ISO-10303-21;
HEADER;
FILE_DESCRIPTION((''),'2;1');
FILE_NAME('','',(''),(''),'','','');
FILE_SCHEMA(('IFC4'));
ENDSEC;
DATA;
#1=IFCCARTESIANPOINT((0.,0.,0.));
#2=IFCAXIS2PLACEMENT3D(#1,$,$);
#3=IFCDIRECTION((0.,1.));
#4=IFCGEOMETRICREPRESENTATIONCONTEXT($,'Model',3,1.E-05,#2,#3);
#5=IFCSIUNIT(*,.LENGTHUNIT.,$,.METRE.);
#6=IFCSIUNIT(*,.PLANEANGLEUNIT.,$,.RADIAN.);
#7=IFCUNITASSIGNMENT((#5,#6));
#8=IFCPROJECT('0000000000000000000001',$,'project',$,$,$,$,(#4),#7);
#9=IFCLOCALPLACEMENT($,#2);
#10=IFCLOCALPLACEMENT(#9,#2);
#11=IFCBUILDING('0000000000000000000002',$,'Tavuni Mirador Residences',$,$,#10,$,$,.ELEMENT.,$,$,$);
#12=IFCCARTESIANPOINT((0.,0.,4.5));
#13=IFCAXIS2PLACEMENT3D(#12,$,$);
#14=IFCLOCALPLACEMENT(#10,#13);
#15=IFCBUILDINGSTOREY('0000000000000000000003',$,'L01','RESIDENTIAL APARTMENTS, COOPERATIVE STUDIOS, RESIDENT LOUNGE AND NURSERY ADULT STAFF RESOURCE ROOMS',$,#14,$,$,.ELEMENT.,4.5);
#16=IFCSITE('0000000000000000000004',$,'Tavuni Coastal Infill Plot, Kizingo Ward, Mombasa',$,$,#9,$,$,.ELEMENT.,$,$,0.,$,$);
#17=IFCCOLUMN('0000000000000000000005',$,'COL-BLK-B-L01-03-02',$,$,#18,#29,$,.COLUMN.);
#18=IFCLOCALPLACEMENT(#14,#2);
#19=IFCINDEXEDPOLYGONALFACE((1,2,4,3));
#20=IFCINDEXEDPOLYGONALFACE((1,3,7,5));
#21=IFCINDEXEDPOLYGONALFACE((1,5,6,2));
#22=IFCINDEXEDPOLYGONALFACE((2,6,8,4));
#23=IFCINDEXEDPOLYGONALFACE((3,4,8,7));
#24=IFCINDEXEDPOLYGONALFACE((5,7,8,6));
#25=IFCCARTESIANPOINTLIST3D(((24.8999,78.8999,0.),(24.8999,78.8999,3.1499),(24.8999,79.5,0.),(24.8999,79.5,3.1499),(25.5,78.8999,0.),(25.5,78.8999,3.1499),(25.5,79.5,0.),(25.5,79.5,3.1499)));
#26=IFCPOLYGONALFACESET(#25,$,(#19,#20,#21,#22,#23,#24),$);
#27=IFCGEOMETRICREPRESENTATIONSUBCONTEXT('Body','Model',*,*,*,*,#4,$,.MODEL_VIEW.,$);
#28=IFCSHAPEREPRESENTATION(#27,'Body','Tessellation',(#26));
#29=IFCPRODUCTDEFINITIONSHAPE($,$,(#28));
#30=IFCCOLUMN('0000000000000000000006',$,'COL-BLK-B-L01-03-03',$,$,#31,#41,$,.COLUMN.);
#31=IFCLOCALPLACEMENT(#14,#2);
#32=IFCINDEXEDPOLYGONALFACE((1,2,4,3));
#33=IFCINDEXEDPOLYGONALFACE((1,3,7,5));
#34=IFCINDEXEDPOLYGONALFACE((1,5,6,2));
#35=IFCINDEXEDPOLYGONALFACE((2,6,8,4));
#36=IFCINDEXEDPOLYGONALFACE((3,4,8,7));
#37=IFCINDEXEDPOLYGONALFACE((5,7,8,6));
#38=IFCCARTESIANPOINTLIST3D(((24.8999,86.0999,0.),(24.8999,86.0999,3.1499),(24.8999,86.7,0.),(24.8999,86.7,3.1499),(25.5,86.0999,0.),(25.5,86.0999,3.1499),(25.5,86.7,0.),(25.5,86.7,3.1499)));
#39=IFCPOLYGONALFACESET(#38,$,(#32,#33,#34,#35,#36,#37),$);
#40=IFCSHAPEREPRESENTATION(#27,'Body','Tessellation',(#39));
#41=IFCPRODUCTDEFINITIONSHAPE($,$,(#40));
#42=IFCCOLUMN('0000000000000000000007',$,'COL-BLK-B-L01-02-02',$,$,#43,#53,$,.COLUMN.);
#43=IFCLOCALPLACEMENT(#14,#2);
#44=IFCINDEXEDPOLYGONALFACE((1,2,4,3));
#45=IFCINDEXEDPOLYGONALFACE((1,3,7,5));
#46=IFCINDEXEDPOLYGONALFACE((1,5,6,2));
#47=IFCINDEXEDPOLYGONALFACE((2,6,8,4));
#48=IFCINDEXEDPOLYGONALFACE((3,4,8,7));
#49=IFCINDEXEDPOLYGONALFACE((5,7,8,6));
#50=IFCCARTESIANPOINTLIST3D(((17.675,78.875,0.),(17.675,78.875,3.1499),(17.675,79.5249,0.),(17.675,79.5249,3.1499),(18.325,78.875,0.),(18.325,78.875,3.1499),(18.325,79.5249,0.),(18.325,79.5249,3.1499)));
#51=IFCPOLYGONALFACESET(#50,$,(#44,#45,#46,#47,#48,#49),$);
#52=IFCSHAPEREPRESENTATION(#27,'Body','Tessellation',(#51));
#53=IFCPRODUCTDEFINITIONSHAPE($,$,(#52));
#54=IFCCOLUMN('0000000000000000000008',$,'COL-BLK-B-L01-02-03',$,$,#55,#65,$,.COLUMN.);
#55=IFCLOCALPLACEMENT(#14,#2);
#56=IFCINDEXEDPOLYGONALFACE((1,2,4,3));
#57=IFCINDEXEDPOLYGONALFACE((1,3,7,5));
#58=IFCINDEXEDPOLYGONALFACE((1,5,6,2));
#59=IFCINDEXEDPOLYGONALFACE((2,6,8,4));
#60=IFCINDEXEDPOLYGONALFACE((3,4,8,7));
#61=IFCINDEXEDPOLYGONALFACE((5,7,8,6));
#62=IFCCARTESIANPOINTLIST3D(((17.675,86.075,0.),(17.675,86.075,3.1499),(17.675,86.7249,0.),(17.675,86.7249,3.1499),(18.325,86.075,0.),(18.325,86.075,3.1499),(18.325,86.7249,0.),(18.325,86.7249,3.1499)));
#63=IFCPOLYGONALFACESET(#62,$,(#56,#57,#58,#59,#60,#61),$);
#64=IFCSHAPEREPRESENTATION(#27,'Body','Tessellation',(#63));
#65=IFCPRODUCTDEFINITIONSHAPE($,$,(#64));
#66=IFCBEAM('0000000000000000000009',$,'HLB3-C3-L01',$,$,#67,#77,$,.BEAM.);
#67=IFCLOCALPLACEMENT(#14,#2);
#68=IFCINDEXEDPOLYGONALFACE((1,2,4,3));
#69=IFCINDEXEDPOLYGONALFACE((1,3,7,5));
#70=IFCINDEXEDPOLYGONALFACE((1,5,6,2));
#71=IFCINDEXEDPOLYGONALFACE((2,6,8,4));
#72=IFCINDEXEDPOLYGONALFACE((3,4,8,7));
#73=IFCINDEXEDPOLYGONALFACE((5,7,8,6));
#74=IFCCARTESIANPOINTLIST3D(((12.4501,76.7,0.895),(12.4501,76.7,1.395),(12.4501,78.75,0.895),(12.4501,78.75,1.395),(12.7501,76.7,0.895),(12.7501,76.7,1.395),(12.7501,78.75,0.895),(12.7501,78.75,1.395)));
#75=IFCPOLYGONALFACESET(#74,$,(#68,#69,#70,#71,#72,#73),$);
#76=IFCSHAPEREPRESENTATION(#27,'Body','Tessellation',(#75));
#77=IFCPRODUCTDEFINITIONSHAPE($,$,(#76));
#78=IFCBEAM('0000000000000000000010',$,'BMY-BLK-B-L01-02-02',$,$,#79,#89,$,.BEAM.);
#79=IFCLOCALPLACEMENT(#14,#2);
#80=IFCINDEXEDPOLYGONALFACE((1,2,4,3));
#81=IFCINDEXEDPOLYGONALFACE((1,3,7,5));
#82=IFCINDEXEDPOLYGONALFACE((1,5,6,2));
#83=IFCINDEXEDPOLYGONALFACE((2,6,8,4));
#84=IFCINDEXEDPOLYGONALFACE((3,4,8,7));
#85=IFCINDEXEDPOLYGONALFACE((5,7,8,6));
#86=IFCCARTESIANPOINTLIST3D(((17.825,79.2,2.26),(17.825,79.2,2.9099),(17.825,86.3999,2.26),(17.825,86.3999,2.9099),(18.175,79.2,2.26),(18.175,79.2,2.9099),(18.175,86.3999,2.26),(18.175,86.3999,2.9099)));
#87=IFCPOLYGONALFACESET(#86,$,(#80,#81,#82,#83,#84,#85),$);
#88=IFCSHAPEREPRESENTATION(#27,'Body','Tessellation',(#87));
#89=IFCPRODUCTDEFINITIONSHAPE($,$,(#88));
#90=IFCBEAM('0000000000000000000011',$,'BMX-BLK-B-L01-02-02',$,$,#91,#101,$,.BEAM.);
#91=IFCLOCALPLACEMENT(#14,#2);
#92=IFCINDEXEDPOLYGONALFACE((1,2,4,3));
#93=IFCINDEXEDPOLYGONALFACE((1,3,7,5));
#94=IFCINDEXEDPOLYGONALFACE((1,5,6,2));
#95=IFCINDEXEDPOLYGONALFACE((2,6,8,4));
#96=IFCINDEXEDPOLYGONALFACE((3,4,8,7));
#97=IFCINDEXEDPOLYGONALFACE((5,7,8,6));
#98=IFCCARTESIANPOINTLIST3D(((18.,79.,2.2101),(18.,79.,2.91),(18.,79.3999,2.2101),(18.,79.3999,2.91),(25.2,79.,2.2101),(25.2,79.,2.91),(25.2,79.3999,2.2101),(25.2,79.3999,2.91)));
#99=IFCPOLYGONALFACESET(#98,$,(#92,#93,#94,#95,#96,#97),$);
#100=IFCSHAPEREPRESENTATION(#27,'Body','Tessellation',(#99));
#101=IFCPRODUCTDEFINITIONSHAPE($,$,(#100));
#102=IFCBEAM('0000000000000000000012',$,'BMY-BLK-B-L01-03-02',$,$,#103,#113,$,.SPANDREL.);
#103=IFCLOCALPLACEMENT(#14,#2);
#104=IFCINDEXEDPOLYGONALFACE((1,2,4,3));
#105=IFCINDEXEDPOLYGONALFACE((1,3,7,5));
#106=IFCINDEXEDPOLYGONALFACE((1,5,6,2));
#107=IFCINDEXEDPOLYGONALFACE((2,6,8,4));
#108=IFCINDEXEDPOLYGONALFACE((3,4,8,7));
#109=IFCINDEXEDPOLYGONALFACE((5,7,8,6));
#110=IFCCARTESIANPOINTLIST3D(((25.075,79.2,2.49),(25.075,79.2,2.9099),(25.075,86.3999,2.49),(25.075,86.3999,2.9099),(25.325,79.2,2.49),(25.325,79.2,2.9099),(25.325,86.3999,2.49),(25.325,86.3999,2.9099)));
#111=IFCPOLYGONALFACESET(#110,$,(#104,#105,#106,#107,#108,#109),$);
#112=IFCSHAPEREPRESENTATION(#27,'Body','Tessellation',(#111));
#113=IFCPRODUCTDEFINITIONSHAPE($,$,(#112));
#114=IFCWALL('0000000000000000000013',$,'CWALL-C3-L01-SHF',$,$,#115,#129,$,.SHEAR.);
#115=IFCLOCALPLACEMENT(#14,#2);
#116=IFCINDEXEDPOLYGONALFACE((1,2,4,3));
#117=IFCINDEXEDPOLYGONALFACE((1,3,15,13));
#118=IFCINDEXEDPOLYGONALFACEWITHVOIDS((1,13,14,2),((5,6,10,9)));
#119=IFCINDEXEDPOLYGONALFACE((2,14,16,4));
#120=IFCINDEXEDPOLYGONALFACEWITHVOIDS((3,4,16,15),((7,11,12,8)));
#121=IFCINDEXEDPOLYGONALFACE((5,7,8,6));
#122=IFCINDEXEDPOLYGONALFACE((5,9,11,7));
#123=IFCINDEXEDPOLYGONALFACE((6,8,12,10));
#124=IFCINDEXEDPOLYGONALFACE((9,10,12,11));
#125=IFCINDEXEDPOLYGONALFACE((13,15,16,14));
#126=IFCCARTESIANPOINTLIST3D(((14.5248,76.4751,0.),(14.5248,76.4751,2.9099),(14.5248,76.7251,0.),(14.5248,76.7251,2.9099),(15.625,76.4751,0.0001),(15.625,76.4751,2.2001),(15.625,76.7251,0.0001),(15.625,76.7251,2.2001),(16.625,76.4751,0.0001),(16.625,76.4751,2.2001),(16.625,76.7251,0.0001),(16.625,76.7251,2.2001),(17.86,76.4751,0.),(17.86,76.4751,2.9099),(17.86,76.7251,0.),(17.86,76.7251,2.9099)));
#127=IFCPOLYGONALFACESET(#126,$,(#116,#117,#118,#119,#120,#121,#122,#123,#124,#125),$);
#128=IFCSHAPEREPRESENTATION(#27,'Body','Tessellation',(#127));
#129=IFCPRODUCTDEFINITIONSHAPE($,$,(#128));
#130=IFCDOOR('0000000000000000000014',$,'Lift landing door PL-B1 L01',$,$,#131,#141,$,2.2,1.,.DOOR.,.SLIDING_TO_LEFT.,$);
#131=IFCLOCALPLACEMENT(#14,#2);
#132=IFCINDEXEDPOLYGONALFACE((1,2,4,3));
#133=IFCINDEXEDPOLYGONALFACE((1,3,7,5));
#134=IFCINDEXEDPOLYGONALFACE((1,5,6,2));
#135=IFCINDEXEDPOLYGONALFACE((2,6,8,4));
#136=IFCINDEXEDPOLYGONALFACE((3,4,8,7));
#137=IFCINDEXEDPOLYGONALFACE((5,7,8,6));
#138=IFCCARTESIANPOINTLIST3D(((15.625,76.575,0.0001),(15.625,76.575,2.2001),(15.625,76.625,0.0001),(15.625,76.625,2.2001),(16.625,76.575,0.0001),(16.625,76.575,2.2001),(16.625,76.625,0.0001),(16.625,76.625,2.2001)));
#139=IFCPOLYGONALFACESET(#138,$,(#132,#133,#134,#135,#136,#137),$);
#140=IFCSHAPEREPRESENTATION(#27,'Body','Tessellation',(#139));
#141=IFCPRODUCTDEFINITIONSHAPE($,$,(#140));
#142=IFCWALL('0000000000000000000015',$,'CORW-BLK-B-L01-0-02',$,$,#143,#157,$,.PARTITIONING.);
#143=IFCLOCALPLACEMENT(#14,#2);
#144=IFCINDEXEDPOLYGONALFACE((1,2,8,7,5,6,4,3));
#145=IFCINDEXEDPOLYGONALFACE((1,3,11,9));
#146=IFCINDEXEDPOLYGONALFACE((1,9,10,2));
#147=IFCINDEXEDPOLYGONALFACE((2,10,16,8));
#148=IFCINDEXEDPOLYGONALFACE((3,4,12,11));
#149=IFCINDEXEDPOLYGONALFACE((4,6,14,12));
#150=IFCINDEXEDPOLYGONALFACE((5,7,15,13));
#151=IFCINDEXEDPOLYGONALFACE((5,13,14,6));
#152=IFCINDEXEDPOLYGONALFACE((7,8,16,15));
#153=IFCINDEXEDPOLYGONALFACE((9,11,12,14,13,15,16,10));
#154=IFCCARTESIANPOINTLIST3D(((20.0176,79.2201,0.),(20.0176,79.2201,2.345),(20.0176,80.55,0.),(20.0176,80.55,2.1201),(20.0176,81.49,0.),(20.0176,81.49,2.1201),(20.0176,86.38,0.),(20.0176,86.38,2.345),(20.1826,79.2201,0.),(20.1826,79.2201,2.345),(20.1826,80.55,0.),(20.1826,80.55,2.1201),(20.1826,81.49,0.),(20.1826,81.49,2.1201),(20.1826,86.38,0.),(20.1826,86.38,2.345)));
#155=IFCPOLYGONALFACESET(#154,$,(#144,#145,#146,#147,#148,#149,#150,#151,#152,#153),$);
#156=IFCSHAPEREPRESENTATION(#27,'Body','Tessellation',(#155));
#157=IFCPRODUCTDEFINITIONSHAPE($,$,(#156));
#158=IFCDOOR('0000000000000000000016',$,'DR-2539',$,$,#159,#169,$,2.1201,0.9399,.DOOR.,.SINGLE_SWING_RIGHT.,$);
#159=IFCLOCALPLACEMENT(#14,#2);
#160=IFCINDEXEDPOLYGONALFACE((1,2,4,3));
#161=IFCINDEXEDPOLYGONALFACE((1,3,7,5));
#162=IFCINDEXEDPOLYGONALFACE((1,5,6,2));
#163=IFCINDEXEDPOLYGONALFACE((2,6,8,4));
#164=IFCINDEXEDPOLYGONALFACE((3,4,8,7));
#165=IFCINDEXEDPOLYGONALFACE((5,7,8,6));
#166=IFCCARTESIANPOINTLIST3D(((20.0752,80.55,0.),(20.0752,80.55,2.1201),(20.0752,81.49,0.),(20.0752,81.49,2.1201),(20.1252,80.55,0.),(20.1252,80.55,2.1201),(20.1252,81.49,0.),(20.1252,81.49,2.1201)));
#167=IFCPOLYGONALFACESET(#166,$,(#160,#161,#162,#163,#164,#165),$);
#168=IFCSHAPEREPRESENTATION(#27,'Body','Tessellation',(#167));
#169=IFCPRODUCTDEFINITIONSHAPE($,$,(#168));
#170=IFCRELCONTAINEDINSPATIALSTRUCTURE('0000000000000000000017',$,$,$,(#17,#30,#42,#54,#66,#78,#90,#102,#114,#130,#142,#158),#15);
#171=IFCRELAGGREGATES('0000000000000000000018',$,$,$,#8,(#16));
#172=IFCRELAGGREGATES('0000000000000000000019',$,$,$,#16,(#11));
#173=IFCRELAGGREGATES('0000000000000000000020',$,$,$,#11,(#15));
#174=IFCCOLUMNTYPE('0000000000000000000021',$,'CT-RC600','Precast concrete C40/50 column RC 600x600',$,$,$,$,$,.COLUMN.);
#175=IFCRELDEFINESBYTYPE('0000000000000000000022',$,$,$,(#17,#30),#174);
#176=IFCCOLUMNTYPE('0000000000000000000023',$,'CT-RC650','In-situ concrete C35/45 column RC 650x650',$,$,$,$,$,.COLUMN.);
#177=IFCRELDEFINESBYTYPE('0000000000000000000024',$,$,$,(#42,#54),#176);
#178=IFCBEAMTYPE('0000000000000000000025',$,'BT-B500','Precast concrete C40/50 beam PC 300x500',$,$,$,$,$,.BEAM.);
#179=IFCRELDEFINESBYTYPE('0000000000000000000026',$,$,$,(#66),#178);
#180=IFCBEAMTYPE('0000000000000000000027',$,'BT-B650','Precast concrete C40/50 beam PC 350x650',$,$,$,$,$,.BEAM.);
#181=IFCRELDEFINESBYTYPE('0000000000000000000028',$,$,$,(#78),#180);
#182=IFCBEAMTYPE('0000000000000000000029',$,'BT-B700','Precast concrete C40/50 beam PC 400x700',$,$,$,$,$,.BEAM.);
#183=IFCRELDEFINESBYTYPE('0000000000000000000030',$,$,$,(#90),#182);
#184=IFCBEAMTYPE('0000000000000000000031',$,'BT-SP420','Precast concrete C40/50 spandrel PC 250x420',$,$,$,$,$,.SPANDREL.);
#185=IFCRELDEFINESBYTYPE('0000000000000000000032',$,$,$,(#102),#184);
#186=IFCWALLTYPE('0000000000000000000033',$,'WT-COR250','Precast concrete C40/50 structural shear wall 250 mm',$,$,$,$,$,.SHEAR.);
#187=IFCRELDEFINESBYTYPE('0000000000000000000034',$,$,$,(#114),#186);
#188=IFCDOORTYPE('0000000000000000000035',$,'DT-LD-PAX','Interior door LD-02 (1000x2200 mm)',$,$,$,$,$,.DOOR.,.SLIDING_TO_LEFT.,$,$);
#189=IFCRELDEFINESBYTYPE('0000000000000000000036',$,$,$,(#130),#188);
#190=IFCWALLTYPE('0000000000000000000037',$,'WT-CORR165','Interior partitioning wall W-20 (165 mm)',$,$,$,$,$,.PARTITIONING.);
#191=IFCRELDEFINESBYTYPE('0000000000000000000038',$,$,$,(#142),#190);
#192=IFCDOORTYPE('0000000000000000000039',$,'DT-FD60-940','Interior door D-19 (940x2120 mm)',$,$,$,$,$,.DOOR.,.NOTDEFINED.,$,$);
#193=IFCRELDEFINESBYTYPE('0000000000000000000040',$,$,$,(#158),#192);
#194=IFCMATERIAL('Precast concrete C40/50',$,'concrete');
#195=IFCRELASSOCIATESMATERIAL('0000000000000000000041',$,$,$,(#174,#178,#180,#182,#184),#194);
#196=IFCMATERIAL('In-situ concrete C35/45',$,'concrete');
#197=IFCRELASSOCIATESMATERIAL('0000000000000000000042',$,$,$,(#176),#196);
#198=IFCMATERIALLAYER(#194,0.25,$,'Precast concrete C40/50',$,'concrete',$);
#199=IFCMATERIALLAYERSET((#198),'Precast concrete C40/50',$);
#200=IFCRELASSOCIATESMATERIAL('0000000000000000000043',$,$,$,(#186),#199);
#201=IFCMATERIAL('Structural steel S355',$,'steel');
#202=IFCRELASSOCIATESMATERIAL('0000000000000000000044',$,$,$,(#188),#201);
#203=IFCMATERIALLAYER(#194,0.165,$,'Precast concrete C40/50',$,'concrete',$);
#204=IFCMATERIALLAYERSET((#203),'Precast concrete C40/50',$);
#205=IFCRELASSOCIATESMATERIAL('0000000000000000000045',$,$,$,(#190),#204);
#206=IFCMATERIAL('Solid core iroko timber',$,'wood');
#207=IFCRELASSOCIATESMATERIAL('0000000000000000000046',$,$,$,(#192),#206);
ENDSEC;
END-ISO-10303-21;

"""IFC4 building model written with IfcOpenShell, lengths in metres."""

from ifc_helpers import new_model, si_unit, direction, frame, frame_2d, origin, origin_2d, place, context, subcontext, project, spatial, rectangle, extrude, material, layer, layer_set, material_profile, profile_set, type_object, element, fill, save


model = new_model("IFC4")

# Units and contexts
model_context = context("Model", 3, precision=1e-05, world=origin(), true_north=direction((0.0, 1.0)))
body_context = subcontext(model_context, "Body", "Model", "MODEL_VIEW")
ifc_project = project(units=[si_unit("LENGTHUNIT", "METRE"), si_unit("PLANEANGLEUNIT", "RADIAN")], contexts=[model_context])

# Site, building, storey
site_placement = place(None, origin())
site = spatial("IfcSite", under=ifc_project, at=site_placement, Name="Tavuni Coastal Infill Plot, Kizingo Ward, Mombasa", CompositionType="ELEMENT", RefElevation=0.0)
building_placement = place(site_placement, origin())
building = spatial("IfcBuilding", under=site, at=building_placement, Name="Tavuni Mirador Residences", CompositionType="ELEMENT")
storey_placement = place(building_placement, frame((0.0, 0.0, 4.5)))
storey = spatial("IfcBuildingStorey", under=building, at=storey_placement, Name="L01", Description="RESIDENTIAL APARTMENTS, COOPERATIVE STUDIOS, RESIDENT LOUNGE AND NURSERY ADULT STAFF RESOURCE ROOMS", CompositionType="ELEMENT", Elevation=4.5)

# Columns
ifc_material_1 = material(Name="Precast concrete C40/50", Category="concrete")
ifc_material_profile_1 = material_profile(ifc_material_1, rectangle(XDim=0.6001, YDim=0.6001, at=origin_2d()), Name="RC 600x600", Category="concrete")
ifc_profile_set_1 = profile_set([ifc_material_profile_1], Name="Precast concrete C40/50")
column_type_1 = type_object("IfcColumnType", Name="CT-RC600", Description="Precast concrete C40/50 column RC 600x600", PredefinedType="COLUMN", material=ifc_profile_set_1)
for number, where, z_axis, x_axis, name in (
    (1, (25.2, 79.2, 0.0), (0.0, 0.0, 1.0), (1.0, 0.0, 0.0), "COL-BLK-B-L01-03-02"),
    (2, (25.2, 86.3999, 0.0), (0.0, 0.0, 1.0), (1.0, 0.0, 0.0), "COL-BLK-B-L01-03-03"),
):
    element("IfcColumn", number, at=place(storey_placement, frame(where, z_axis=z_axis, x_axis=x_axis)), inside=storey, type_object=column_type_1, Name=name, PredefinedType="COLUMN", context=body_context, shape_type="SweptSolid", body=[
        extrude(rectangle(XDim=0.6001, YDim=0.6001, at=origin_2d()), origin(), (0.0, 0.0, 1.0), 3.1499),
    ])
ifc_material_2 = material(Name="In-situ concrete C35/45", Category="concrete")
ifc_material_profile_2 = material_profile(ifc_material_2, rectangle(XDim=0.6499, YDim=0.6499, at=origin_2d()), Name="RC 650x650", Category="concrete")
ifc_profile_set_2 = profile_set([ifc_material_profile_2], Name="In-situ concrete C35/45")
column_type_2 = type_object("IfcColumnType", Name="CT-RC650", Description="In-situ concrete C35/45 column RC 650x650", PredefinedType="COLUMN", material=ifc_profile_set_2)
for number, where, z_axis, x_axis, name in (
    (3, (18.0, 79.2, 0.0), (0.0, 0.0, 1.0), (1.0, 0.0, 0.0), "COL-BLK-B-L01-02-02"),
    (4, (18.0, 86.3999, 0.0), (0.0, 0.0, 1.0), (1.0, 0.0, 0.0), "COL-BLK-B-L01-02-03"),
):
    element("IfcColumn", number, at=place(storey_placement, frame(where, z_axis=z_axis, x_axis=x_axis)), inside=storey, type_object=column_type_2, Name=name, PredefinedType="COLUMN", context=body_context, shape_type="SweptSolid", body=[
        extrude(rectangle(XDim=0.6499, YDim=0.6499, at=origin_2d()), origin(), (0.0, 0.0, 1.0), 3.1499),
    ])

# Beams
ifc_material_profile_3 = material_profile(ifc_material_1, rectangle(XDim=0.3, YDim=0.5, at=origin_2d()), Name="PC 300x500", Category="concrete")
ifc_profile_set_3 = profile_set([ifc_material_profile_3], Name="Precast concrete C40/50")
beam_type_1 = type_object("IfcBeamType", Name="BT-B500", Description="Precast concrete C40/50 beam PC 300x500", PredefinedType="BEAM", material=ifc_profile_set_3)
beam_1_placement = place(storey_placement, frame((12.6001, 76.7, 1.145), z_axis=(0.0, 1.0, 0.0), x_axis=(-1.0, 0.0, 0.0)))
element("IfcBeam", 5, at=beam_1_placement, inside=storey, type_object=beam_type_1, Name="HLB3-C3-L01", PredefinedType="BEAM", context=body_context, shape_type="SweptSolid", body=[
    extrude(rectangle(XDim=0.3, YDim=0.5, at=origin_2d()), origin(), (0.0, 0.0, 1.0), 2.05),
])
ifc_material_profile_4 = material_profile(ifc_material_1, rectangle(XDim=0.3501, YDim=0.6499, at=origin_2d()), Name="PC 350x650", Category="concrete")
ifc_profile_set_4 = profile_set([ifc_material_profile_4], Name="Precast concrete C40/50")
beam_type_2 = type_object("IfcBeamType", Name="BT-B650", Description="Precast concrete C40/50 beam PC 350x650", PredefinedType="BEAM", material=ifc_profile_set_4)
beam_2_placement = place(storey_placement, frame((18.0, 79.2, 2.585), z_axis=(0.0, 1.0, 0.0), x_axis=(-1.0, 0.0, 0.0)))
element("IfcBeam", 6, at=beam_2_placement, inside=storey, type_object=beam_type_2, Name="BMY-BLK-B-L01-02-02", PredefinedType="BEAM", context=body_context, shape_type="SweptSolid", body=[
    extrude(rectangle(XDim=0.3501, YDim=0.6499, at=origin_2d()), origin(), (0.0, 0.0, 1.0), 7.2),
])
ifc_material_profile_5 = material_profile(ifc_material_1, rectangle(XDim=0.3999, YDim=0.7, at=origin_2d()), Name="PC 400x700", Category="concrete")
ifc_profile_set_5 = profile_set([ifc_material_profile_5], Name="Precast concrete C40/50")
beam_type_3 = type_object("IfcBeamType", Name="BT-B700", Description="Precast concrete C40/50 beam PC 400x700", PredefinedType="BEAM", material=ifc_profile_set_5)
beam_3_placement = place(storey_placement, frame((18.0, 79.2, 2.5601), z_axis=(1.0, 0.0, 0.0), x_axis=(0.0, 1.0, 0.0)))
element("IfcBeam", 7, at=beam_3_placement, inside=storey, type_object=beam_type_3, Name="BMX-BLK-B-L01-02-02", PredefinedType="BEAM", context=body_context, shape_type="SweptSolid", body=[
    extrude(rectangle(XDim=0.3999, YDim=0.7, at=origin_2d()), origin(), (0.0, 0.0, 1.0), 7.2),
])
ifc_material_profile_6 = material_profile(ifc_material_1, rectangle(XDim=0.25, YDim=0.4199, at=origin_2d()), Name="PC 250x420", Category="concrete")
ifc_profile_set_6 = profile_set([ifc_material_profile_6], Name="Precast concrete C40/50")
beam_type_4 = type_object("IfcBeamType", Name="BT-SP420", Description="Precast concrete C40/50 spandrel PC 250x420", PredefinedType="SPANDREL", material=ifc_profile_set_6)
beam_4_placement = place(storey_placement, frame((25.2, 79.2, 2.7), z_axis=(0.0, 1.0, 0.0), x_axis=(-1.0, 0.0, 0.0)))
element("IfcBeam", 8, at=beam_4_placement, inside=storey, type_object=beam_type_4, Name="BMY-BLK-B-L01-03-02", PredefinedType="SPANDREL", context=body_context, shape_type="SweptSolid", body=[
    extrude(rectangle(XDim=0.25, YDim=0.4199, at=origin_2d()), origin(), (0.0, 0.0, 1.0), 7.2),
])

# Walls, openings, doors
ifc_layer_1 = layer(ifc_material_1, 0.25, Name="Precast concrete C40/50", Category="concrete")
ifc_layer_set_1 = layer_set([ifc_layer_1], Name="Precast concrete C40/50")
wall_type_1 = type_object("IfcWallType", Name="WT-COR250", Description="Precast concrete C40/50 structural shear wall 250 mm", PredefinedType="SHEAR", material=ifc_layer_set_1)
wall_1_placement = place(storey_placement, frame((14.5249, 76.6001, 0.0), z_axis=(0.0, 0.0, 1.0), x_axis=(1.0, 0.0, 0.0)))
wall_1 = element("IfcWall", 9, at=wall_1_placement, inside=storey, type_object=wall_type_1, Name="CWALL-C3-L01-SHF", PredefinedType="SHEAR", context=body_context, shape_type="SweptSolid", body=[
    extrude(rectangle(XDim=3.3352, YDim=0.25, at=frame_2d((1.6675, 0.0))), origin(), (0.0, 0.0, 1.0), 2.9099),
])
opening_1_placement = place(wall_1_placement, frame((1.1001, 0.0, 0.0)))
opening_1 = element("IfcOpeningElement", 10, at=opening_1_placement, cuts=wall_1, PredefinedType="OPENING", context=body_context, shape_type="SweptSolid", body=[
    extrude(rectangle(XDim=1.0, YDim=2.2, at=frame_2d((0.5, 1.1001))), frame((0.0, 0.135, 0.0), z_axis=(0.0, -1.0, 0.0), x_axis=(1.0, 0.0, 0.0)), (0.0, 0.0, 1.0), 0.27),
])
ifc_material_3 = material(Name="Structural steel S355", Category="steel")
door_type_1 = type_object("IfcDoorType", Name="DT-LD-PAX", Description="Interior door LD-02 (1000x2200 mm)", OperationType="SLIDING_TO_LEFT", PredefinedType="DOOR", material=ifc_material_3)
door_1_placement = place(opening_1_placement, origin())
door_1 = element("IfcDoor", 11, at=door_1_placement, inside=storey, type_object=door_type_1, Name="Lift landing door PL-B1 L01", OperationType="SLIDING_TO_LEFT", OverallHeight=2.2, OverallWidth=1.0, PredefinedType="DOOR", context=body_context, shape_type="SweptSolid", body=[
    extrude(rectangle(XDim=1.0, YDim=2.2, at=frame_2d((0.5, 1.1001))), frame((0.0, 0.0249, 0.0), z_axis=(0.0, -1.0, 0.0), x_axis=(1.0, 0.0, 0.0)), (0.0, 0.0, 1.0), 0.05),
])
fill(opening_1, door_1)
ifc_layer_2 = layer(ifc_material_1, 0.165, Name="Precast concrete C40/50", Category="concrete")
ifc_layer_set_2 = layer_set([ifc_layer_2], Name="Precast concrete C40/50")
wall_type_2 = type_object("IfcWallType", Name="WT-CORR165", Description="Interior partitioning wall W-20 (165 mm)", PredefinedType="PARTITIONING", material=ifc_layer_set_2)
wall_2_placement = place(storey_placement, frame((20.1001, 79.22, 0.0), z_axis=(0.0, 0.0, 1.0), x_axis=(0.0, 1.0, 0.0)))
wall_2 = element("IfcWall", 12, at=wall_2_placement, inside=storey, type_object=wall_type_2, Name="CORW-BLK-B-L01-0-02", PredefinedType="PARTITIONING", context=body_context, shape_type="SweptSolid", body=[
    extrude(rectangle(XDim=7.1599, YDim=0.165, at=frame_2d((3.5801, 0.0))), origin(), (0.0, 0.0, 1.0), 2.345),
])
opening_2_placement = place(wall_2_placement, frame((1.3301, 0.0, 0.0)))
opening_2 = element("IfcOpeningElement", 13, at=opening_2_placement, cuts=wall_2, PredefinedType="OPENING", context=body_context, shape_type="SweptSolid", body=[
    extrude(rectangle(XDim=0.9399, YDim=2.1201, at=frame_2d((0.47, 1.0601))), frame((0.0, 0.0925, 0.0), z_axis=(0.0, -1.0, 0.0), x_axis=(1.0, 0.0, 0.0)), (0.0, 0.0, 1.0), 0.1851),
])
ifc_material_4 = material(Name="Solid core iroko timber", Category="wood")
door_type_2 = type_object("IfcDoorType", Name="DT-FD60-940", Description="Interior door D-19 (940x2120 mm)", OperationType="NOTDEFINED", PredefinedType="DOOR", material=ifc_material_4)
door_2_placement = place(opening_2_placement, origin())
door_2 = element("IfcDoor", 14, at=door_2_placement, inside=storey, type_object=door_type_2, Name="DR-2539", OperationType="SINGLE_SWING_RIGHT", OverallHeight=2.1201, OverallWidth=0.9399, PredefinedType="DOOR", context=body_context, shape_type="SweptSolid", body=[
    extrude(rectangle(XDim=0.9399, YDim=2.1201, at=frame_2d((0.47, 1.0601))), frame((0.0, 0.0249, 0.0), z_axis=(0.0, -1.0, 0.0), x_axis=(1.0, 0.0, 0.0)), (0.0, 0.0, 1.0), 0.05),
])
fill(opening_2, door_2)

save(model, "model.ifc")
